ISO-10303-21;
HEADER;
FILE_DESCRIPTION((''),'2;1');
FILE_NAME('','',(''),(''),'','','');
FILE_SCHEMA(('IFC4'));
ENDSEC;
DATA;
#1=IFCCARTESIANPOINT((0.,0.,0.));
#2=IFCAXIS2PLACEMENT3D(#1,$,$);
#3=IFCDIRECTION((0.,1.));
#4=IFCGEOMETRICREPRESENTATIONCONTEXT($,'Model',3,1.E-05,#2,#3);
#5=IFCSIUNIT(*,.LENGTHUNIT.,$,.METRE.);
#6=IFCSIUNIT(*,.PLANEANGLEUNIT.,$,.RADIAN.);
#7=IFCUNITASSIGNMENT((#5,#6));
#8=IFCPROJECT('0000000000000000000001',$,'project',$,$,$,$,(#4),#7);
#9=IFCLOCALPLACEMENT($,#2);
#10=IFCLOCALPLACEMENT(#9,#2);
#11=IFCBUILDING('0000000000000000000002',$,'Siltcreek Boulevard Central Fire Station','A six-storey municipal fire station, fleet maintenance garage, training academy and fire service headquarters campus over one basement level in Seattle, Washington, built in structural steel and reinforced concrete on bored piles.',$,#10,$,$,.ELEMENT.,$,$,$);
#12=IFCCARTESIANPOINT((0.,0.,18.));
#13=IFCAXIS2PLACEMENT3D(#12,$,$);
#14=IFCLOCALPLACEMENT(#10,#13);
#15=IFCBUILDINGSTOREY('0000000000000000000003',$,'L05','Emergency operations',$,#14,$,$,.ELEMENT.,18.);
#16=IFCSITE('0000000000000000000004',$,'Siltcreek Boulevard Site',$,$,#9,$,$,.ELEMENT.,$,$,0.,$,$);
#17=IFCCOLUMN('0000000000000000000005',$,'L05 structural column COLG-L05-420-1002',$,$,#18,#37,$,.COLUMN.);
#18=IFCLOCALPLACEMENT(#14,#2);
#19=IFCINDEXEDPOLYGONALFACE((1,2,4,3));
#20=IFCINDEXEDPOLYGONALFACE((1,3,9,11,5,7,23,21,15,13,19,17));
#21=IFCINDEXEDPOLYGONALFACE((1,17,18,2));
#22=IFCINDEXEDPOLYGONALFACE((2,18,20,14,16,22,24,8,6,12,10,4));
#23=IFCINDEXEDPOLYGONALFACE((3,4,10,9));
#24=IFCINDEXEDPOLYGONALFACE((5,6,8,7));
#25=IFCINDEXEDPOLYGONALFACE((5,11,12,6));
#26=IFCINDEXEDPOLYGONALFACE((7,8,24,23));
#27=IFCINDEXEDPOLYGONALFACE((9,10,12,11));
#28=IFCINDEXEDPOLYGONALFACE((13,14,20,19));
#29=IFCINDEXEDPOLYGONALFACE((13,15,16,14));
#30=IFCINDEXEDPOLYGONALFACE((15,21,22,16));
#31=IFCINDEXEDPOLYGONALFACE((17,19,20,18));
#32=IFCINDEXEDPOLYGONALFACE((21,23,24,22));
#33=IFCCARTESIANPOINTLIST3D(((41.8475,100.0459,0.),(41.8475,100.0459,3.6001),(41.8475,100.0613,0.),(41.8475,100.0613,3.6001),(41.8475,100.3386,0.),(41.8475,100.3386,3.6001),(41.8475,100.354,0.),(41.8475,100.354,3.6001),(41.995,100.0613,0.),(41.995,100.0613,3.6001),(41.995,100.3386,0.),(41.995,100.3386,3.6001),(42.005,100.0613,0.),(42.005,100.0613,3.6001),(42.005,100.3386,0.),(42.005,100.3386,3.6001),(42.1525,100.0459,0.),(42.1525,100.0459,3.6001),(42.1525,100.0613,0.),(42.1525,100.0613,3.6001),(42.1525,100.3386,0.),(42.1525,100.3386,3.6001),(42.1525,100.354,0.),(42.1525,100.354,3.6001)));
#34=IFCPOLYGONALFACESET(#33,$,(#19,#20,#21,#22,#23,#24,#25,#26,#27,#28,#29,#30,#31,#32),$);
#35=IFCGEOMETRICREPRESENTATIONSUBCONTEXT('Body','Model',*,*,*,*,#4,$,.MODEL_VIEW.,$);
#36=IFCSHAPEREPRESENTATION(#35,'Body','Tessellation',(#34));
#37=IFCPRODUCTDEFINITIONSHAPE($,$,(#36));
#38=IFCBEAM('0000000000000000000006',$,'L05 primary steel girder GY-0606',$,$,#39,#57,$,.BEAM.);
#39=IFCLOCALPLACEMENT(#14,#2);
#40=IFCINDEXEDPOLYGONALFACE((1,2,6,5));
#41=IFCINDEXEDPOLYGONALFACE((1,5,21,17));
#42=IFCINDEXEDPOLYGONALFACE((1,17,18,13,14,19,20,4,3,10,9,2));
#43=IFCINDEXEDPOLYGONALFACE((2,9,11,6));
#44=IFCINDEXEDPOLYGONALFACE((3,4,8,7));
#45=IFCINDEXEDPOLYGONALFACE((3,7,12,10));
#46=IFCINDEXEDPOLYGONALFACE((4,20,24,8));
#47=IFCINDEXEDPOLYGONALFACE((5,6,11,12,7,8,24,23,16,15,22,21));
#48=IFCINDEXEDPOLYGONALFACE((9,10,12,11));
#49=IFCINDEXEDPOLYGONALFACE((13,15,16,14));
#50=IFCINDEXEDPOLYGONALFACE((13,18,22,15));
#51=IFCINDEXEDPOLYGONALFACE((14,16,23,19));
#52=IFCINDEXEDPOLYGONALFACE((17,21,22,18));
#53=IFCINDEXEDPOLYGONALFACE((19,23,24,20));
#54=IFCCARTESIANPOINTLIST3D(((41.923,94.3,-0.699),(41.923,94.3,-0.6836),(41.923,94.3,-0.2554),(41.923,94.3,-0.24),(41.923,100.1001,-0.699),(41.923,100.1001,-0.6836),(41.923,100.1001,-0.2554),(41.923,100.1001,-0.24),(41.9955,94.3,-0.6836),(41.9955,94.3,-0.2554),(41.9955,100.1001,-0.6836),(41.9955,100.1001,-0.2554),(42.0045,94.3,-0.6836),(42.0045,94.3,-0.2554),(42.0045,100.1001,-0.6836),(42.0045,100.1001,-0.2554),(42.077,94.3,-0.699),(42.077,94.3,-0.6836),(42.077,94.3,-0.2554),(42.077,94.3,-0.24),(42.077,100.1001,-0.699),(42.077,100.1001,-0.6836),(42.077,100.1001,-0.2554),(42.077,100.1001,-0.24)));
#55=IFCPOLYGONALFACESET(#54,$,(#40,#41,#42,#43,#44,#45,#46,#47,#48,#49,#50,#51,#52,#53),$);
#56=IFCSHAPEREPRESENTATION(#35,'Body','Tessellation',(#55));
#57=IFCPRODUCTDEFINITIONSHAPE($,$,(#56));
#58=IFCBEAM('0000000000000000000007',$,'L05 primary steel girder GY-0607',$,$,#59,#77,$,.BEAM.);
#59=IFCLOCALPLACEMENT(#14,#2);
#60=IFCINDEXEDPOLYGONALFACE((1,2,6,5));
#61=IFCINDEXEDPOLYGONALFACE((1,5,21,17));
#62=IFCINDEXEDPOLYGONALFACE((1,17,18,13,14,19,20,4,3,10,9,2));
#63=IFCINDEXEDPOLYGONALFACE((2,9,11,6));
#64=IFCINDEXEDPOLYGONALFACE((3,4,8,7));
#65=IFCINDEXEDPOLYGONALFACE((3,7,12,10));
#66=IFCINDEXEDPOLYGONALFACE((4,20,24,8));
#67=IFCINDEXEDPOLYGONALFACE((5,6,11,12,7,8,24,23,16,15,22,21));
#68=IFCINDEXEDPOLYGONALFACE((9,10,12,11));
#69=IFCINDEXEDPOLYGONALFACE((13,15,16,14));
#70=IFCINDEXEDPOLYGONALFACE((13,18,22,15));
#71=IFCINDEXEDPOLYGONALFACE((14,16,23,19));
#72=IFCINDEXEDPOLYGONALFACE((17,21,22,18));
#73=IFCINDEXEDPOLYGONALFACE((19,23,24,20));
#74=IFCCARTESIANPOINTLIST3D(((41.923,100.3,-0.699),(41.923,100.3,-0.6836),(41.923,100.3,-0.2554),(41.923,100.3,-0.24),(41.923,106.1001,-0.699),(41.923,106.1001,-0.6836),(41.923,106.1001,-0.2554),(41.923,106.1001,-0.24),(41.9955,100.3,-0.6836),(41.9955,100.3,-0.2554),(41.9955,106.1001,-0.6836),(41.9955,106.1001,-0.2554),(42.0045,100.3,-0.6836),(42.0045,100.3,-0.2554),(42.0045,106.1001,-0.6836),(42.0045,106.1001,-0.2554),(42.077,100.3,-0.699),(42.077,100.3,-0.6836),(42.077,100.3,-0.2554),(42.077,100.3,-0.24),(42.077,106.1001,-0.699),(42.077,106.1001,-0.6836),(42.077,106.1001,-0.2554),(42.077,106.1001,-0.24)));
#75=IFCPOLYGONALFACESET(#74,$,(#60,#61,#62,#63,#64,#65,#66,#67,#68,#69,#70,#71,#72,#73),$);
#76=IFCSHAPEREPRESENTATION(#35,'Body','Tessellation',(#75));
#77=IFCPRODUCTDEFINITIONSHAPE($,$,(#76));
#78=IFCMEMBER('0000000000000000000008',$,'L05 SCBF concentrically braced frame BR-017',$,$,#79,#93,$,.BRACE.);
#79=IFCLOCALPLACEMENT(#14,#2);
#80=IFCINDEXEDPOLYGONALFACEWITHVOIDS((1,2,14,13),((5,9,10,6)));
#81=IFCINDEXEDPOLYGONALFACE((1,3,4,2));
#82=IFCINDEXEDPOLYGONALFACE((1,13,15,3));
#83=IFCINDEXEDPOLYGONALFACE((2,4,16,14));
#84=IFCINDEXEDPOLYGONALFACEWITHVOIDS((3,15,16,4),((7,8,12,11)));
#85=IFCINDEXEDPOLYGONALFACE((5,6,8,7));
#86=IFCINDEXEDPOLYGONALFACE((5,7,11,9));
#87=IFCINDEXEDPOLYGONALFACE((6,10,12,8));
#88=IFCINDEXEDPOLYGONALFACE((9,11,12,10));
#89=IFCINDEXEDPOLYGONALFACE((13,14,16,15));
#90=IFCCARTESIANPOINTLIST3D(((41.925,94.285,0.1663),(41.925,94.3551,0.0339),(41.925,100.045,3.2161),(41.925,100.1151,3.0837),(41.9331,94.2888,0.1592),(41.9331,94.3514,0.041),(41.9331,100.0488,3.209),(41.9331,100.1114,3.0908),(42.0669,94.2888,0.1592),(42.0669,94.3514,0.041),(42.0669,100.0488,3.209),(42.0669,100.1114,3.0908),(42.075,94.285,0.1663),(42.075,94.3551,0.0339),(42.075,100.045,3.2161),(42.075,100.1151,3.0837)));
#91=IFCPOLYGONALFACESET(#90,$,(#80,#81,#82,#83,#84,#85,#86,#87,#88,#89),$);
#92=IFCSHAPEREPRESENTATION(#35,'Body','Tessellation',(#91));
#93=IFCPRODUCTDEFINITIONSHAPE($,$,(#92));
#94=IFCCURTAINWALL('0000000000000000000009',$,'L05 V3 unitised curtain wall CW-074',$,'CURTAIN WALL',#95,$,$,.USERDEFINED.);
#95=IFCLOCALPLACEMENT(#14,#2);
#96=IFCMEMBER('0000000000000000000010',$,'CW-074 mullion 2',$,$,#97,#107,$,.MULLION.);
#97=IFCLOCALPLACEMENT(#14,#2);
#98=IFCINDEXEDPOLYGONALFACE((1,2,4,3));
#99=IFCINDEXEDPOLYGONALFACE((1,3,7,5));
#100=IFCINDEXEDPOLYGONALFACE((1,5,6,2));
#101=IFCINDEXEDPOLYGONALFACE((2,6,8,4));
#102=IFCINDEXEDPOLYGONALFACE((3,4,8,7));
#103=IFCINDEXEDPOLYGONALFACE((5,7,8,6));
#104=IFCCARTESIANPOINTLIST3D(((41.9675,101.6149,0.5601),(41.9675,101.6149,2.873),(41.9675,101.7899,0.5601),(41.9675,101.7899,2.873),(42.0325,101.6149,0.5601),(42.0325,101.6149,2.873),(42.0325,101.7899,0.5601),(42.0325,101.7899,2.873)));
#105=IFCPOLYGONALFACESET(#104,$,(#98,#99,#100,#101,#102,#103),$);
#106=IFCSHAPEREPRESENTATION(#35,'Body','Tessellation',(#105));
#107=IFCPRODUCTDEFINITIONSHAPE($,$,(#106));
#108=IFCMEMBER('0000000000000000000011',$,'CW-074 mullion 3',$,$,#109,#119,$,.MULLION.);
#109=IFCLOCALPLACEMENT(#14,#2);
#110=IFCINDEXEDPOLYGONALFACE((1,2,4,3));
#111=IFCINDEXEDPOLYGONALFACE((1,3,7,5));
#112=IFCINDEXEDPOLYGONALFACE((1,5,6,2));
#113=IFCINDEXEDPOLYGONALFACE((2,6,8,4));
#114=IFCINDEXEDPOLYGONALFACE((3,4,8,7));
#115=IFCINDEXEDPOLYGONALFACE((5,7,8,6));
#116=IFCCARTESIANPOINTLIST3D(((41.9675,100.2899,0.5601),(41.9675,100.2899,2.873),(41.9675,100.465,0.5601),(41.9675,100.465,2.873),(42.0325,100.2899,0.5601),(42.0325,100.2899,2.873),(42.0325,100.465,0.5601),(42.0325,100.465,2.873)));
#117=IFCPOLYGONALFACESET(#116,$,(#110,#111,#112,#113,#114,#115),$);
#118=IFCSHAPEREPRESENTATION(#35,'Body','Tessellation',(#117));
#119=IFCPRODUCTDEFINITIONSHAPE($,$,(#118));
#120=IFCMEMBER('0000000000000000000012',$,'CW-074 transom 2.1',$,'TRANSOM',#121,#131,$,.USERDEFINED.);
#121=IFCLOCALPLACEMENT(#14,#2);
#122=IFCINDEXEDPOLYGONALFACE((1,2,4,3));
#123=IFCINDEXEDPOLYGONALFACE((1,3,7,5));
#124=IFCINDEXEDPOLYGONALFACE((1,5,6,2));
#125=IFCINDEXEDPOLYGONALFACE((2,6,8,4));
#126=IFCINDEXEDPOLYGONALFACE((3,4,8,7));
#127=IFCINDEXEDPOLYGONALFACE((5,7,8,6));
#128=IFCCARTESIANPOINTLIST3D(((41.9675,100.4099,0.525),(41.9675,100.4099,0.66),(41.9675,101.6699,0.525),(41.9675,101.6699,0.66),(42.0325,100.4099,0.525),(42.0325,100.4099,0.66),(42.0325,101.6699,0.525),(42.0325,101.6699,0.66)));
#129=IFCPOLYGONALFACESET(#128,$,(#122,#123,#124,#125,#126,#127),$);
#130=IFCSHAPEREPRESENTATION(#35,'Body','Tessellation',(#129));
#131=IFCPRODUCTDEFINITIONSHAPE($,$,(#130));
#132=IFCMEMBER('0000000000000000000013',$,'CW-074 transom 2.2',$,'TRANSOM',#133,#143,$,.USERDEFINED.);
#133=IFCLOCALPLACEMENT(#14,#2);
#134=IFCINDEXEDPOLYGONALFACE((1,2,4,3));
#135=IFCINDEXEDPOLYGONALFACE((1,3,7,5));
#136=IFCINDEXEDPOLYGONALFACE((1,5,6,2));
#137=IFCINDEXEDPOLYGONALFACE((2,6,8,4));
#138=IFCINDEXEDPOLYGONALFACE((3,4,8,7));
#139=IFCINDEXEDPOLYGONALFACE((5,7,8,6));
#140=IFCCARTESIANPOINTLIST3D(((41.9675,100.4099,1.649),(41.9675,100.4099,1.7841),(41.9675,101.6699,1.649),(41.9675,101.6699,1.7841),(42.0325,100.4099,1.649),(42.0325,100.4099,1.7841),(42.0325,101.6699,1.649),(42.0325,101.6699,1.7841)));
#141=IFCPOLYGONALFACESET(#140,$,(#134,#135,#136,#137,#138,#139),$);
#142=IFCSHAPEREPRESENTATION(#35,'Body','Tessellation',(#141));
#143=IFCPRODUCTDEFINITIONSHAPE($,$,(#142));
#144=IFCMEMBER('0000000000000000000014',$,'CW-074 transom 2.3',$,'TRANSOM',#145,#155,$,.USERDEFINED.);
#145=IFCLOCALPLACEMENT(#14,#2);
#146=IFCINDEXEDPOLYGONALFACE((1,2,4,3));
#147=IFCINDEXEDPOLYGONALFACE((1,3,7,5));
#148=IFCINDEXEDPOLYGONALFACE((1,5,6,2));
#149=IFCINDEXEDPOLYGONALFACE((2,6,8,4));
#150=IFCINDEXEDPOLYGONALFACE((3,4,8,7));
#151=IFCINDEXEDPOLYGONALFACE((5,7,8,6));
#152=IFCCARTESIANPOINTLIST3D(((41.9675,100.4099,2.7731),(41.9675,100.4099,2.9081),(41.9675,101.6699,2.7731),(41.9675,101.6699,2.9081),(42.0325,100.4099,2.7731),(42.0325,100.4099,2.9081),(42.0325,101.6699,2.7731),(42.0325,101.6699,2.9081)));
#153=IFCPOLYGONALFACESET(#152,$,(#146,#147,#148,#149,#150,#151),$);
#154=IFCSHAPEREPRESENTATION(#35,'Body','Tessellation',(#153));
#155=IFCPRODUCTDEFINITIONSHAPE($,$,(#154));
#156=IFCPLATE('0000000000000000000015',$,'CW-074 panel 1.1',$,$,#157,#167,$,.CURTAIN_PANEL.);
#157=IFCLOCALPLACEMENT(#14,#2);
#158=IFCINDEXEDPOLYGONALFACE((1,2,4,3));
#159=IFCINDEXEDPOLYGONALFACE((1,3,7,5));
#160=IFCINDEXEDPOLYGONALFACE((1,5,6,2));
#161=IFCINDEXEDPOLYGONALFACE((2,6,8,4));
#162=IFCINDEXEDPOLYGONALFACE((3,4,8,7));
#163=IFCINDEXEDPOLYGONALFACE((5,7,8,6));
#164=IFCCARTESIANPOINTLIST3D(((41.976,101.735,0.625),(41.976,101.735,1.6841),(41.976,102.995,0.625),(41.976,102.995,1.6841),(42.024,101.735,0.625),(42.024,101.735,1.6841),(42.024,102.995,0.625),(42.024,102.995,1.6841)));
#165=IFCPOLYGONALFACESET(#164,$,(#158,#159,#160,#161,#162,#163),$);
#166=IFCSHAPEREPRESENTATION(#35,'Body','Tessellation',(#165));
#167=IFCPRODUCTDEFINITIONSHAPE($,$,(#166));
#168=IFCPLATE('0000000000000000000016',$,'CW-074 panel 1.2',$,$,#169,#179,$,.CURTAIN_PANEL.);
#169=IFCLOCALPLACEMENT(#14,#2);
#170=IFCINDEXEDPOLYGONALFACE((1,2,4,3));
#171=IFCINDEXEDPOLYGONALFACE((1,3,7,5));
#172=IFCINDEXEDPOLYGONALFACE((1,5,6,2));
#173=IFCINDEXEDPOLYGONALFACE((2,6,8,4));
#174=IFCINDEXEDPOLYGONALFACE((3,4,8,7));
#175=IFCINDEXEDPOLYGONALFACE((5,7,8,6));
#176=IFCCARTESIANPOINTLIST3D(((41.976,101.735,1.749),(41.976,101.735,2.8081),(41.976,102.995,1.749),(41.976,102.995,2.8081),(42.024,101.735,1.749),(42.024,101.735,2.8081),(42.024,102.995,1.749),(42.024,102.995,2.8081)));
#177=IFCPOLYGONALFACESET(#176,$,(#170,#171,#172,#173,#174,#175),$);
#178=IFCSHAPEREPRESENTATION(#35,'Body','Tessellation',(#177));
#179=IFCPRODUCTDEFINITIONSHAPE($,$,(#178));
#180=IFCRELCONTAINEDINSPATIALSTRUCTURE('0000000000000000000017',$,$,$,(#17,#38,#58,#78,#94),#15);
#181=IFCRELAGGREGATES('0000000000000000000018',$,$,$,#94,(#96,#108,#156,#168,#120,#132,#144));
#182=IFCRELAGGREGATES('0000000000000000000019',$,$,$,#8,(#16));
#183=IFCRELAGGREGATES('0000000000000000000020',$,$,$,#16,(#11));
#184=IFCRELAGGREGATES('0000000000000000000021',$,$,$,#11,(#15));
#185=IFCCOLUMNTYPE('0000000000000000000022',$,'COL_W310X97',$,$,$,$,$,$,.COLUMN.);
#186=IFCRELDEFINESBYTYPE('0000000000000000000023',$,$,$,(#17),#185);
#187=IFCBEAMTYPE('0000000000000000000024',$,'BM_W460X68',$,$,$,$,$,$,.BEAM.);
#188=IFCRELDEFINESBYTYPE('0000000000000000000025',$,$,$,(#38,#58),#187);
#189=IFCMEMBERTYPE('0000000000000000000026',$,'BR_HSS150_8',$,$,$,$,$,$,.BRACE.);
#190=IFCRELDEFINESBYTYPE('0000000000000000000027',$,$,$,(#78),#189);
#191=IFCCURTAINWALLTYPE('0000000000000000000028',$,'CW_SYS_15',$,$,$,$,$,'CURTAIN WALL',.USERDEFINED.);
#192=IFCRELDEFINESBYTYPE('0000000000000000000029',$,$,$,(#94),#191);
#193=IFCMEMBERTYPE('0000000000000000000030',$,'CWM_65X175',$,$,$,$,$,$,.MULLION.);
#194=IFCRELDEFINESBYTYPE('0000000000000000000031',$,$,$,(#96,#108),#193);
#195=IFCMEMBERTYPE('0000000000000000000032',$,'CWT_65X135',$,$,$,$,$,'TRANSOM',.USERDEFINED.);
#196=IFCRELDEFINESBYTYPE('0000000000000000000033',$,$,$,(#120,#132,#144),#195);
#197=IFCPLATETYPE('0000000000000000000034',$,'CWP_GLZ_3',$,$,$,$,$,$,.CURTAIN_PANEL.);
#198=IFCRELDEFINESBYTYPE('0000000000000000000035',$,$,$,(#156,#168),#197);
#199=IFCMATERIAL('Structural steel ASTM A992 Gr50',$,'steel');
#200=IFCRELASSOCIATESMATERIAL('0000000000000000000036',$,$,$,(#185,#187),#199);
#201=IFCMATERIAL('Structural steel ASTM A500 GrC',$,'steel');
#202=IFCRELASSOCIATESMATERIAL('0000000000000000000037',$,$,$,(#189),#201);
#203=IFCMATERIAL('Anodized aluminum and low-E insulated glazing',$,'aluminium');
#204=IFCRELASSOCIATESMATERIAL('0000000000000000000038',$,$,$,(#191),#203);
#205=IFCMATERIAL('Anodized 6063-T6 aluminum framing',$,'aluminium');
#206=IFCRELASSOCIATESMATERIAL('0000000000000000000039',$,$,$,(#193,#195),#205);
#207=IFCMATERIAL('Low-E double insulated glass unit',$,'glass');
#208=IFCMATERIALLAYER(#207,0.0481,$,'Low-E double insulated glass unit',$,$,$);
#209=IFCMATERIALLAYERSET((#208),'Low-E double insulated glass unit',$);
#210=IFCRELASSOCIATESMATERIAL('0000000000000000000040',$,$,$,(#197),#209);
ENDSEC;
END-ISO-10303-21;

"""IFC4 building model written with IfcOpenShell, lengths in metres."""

from ifc_helpers import new_model, si_unit, direction, frame, origin, origin_2d, place, context, subcontext, project, spatial, rectangle, hollow_rectangle, i_section, extrude, material, layer, layer_set, material_profile, profile_set, type_object, element, aggregate, save


model = new_model("IFC4")

# Units and contexts
model_context = context("Model", 3, precision=1e-05, world=origin(), true_north=direction((0.0, 1.0)))
body_context = subcontext(model_context, "Body", "Model", "MODEL_VIEW")
ifc_project = project(units=[si_unit("LENGTHUNIT", "METRE"), si_unit("PLANEANGLEUNIT", "RADIAN")], contexts=[model_context])

# Site, building, storey
site_placement = place(None, origin())
site = spatial("IfcSite", under=ifc_project, at=site_placement, Name="Siltcreek Boulevard Site", CompositionType="ELEMENT", RefElevation=0.0)
building_placement = place(site_placement, origin())
building = spatial("IfcBuilding", under=site, at=building_placement, Name="Siltcreek Boulevard Central Fire Station", Description="A six-storey municipal fire station, fleet maintenance garage, training academy and fire service headquarters campus over one basement level in Seattle, Washington, built in structural steel and reinforced concrete on bored piles.", CompositionType="ELEMENT")
storey_placement = place(building_placement, frame((0.0, 0.0, 18.0)))
storey = spatial("IfcBuildingStorey", under=building, at=storey_placement, Name="L05", Description="Emergency operations", CompositionType="ELEMENT", Elevation=18.0)

# Column
ifc_material_1 = material(Name="Structural steel ASTM A992 Gr50", Category="steel")
ifc_material_profile_1 = material_profile(ifc_material_1, i_section(OverallWidth=0.3049, OverallDepth=0.3081, WebThickness=0.01, FlangeThickness=0.0154, at=origin_2d()), Name="W310X97")
ifc_profile_set_1 = profile_set([ifc_material_profile_1], Name="Structural steel ASTM A992 Gr50")
column_type = type_object("IfcColumnType", Name="COL_W310X97", PredefinedType="COLUMN", material=ifc_profile_set_1)
column_placement = place(storey_placement, frame((42.0, 100.2, 0.0), z_axis=(0.0, 0.0, 1.0), x_axis=(1.0, 0.0, 0.0)))
element("IfcColumn", 1, at=column_placement, inside=storey, type_object=column_type, Name="L05 structural column COLG-L05-420-1002", PredefinedType="COLUMN", context=body_context, shape_type="SweptSolid", body=[
    extrude(i_section(OverallWidth=0.3049, OverallDepth=0.3081, WebThickness=0.01, FlangeThickness=0.0154, at=origin_2d()), origin(), (0.0, 0.0, 1.0), 3.6001),
])

# Beams
ifc_material_profile_2 = material_profile(ifc_material_1, i_section(OverallWidth=0.1541, OverallDepth=0.459, WebThickness=0.009, FlangeThickness=0.0154, at=origin_2d()), Name="W460X68")
ifc_profile_set_2 = profile_set([ifc_material_profile_2], Name="Structural steel ASTM A992 Gr50")
beam_type = type_object("IfcBeamType", Name="BM_W460X68", PredefinedType="BEAM", material=ifc_profile_set_2)
for number, where, z_axis, x_axis, name in (
    (2, (42.0, 94.3, -0.4695), (0.0, 1.0, 0.0), (-1.0, 0.0, 0.0), "L05 primary steel girder GY-0606"),
    (3, (42.0, 100.3, -0.4695), (0.0, 1.0, 0.0), (-1.0, 0.0, 0.0), "L05 primary steel girder GY-0607"),
):
    element("IfcBeam", number, at=place(storey_placement, frame(where, z_axis=z_axis, x_axis=x_axis)), inside=storey, type_object=beam_type, Name=name, PredefinedType="BEAM", context=body_context, shape_type="SweptSolid", body=[
        extrude(i_section(OverallWidth=0.1541, OverallDepth=0.459, WebThickness=0.009, FlangeThickness=0.0154, at=origin_2d()), origin(), (0.0, 0.0, 1.0), 5.8),
    ])

# Member
ifc_material_2 = material(Name="Structural steel ASTM A500 GrC", Category="steel")
ifc_material_profile_3 = material_profile(ifc_material_2, hollow_rectangle(XDim=0.1499, YDim=0.1499, WallThickness=0.0081, at=origin_2d()), Name="HSS150X150X8.0")
ifc_profile_set_3 = profile_set([ifc_material_profile_3], Name="Structural steel ASTM A500 GrC")
member_type_1 = type_object("IfcMemberType", Name="BR_HSS150_8", PredefinedType="BRACE", material=ifc_profile_set_3)
member_1_placement = place(storey_placement, frame((42.0, 94.3201, 0.1001), z_axis=(0.0, 0.883763, 0.467934), x_axis=(-1.0, 0.0, 0.0)))
element("IfcMember", 4, at=member_1_placement, inside=storey, type_object=member_type_1, Name="L05 SCBF concentrically braced frame BR-017", PredefinedType="BRACE", context=body_context, shape_type="SweptSolid", body=[
    extrude(hollow_rectangle(XDim=0.1499, YDim=0.1499, WallThickness=0.0081, at=origin_2d()), origin(), (0.0, 0.0, 1.0), 6.5176),
])

# Curtain wall, members, plates
ifc_material_3 = material(Name="Anodized aluminum and low-E insulated glazing", Category="aluminium")
curtain_wall_type = type_object("IfcCurtainWallType", Name="CW_SYS_15", ElementType="CURTAIN WALL", PredefinedType="USERDEFINED", material=ifc_material_3)
curtain_wall_placement = place(storey_placement, origin())
curtain_wall = element("IfcCurtainWall", 5, at=curtain_wall_placement, inside=storey, type_object=curtain_wall_type, Name="L05 V3 unitised curtain wall CW-074", ObjectType="CURTAIN WALL", PredefinedType="USERDEFINED")
ifc_material_4 = material(Name="Anodized 6063-T6 aluminum framing", Category="aluminium")
ifc_material_profile_4 = material_profile(ifc_material_4, rectangle(XDim=0.0649, YDim=0.175, at=origin_2d()), Name="MULL65X175")
ifc_profile_set_4 = profile_set([ifc_material_profile_4], Name="Anodized 6063-T6 aluminum framing")
member_type_2 = type_object("IfcMemberType", Name="CWM_65X175", PredefinedType="MULLION", material=ifc_profile_set_4)
member_2_placement = place(storey_placement, frame((42.0, 101.7024, 0.5601), z_axis=(0.0, 0.0, 1.0), x_axis=(1.0, 0.0, 0.0)))
member_2 = element("IfcMember", 6, at=member_2_placement, type_object=member_type_2, Name="CW-074 mullion 2", PredefinedType="MULLION", context=body_context, shape_type="SweptSolid", body=[
    extrude(rectangle(XDim=0.0649, YDim=0.175, at=origin_2d()), origin(), (0.0, 0.0, 1.0), 2.313),
])
member_3_placement = place(storey_placement, frame((42.0, 100.3774, 0.5601), z_axis=(0.0, 0.0, 1.0), x_axis=(1.0, 0.0, 0.0)))
member_3 = element("IfcMember", 7, at=member_3_placement, type_object=member_type_2, Name="CW-074 mullion 3", PredefinedType="MULLION", context=body_context, shape_type="SweptSolid", body=[
    extrude(rectangle(XDim=0.0649, YDim=0.175, at=origin_2d()), origin(), (0.0, 0.0, 1.0), 2.313),
])
ifc_material_profile_5 = material_profile(ifc_material_4, rectangle(XDim=0.0649, YDim=0.135, at=origin_2d()), Name="TRAN65X135")
ifc_profile_set_5 = profile_set([ifc_material_profile_5], Name="Anodized 6063-T6 aluminum framing")
member_type_3 = type_object("IfcMemberType", Name="CWT_65X135", ElementType="TRANSOM", PredefinedType="USERDEFINED", material=ifc_profile_set_5)
member_4_placement = place(storey_placement, frame((42.0, 101.6699, 0.5925), z_axis=(0.0, -1.0, 0.0), x_axis=(1.0, 0.0, 0.0)))
member_4 = element("IfcMember", 8, at=member_4_placement, type_object=member_type_3, Name="CW-074 transom 2.1", ObjectType="TRANSOM", PredefinedType="USERDEFINED", context=body_context, shape_type="SweptSolid", body=[
    extrude(rectangle(XDim=0.0649, YDim=0.135, at=origin_2d()), origin(), (0.0, 0.0, 1.0), 1.26),
])
member_5_placement = place(storey_placement, frame((42.0, 101.6699, 1.7166), z_axis=(0.0, -1.0, 0.0), x_axis=(1.0, 0.0, 0.0)))
member_5 = element("IfcMember", 9, at=member_5_placement, type_object=member_type_3, Name="CW-074 transom 2.2", ObjectType="TRANSOM", PredefinedType="USERDEFINED", context=body_context, shape_type="SweptSolid", body=[
    extrude(rectangle(XDim=0.0649, YDim=0.135, at=origin_2d()), origin(), (0.0, 0.0, 1.0), 1.26),
])
member_6_placement = place(storey_placement, frame((42.0, 101.6699, 2.8406), z_axis=(0.0, -1.0, 0.0), x_axis=(1.0, 0.0, 0.0)))
member_6 = element("IfcMember", 10, at=member_6_placement, type_object=member_type_3, Name="CW-074 transom 2.3", ObjectType="TRANSOM", PredefinedType="USERDEFINED", context=body_context, shape_type="SweptSolid", body=[
    extrude(rectangle(XDim=0.0649, YDim=0.135, at=origin_2d()), origin(), (0.0, 0.0, 1.0), 1.26),
])
ifc_material_5 = material(Name="Low-E double insulated glass unit", Category="glass")
ifc_layer_1 = layer(ifc_material_5, 0.0481, Name="Low-E double insulated glass unit")
ifc_layer_set_1 = layer_set([ifc_layer_1], Name="Low-E double insulated glass unit")
plate_type_1 = type_object("IfcPlateType", Name="CWP_GLZ_3", PredefinedType="CURTAIN_PANEL", material=ifc_layer_set_1)
plate_1_placement = place(storey_placement, frame((42.0, 102.365, 0.625), z_axis=(0.0, 0.0, 1.0), x_axis=(0.0, -1.0, 0.0)))
plate_1 = element("IfcPlate", 11, at=plate_1_placement, type_object=plate_type_1, Name="CW-074 panel 1.1", PredefinedType="CURTAIN_PANEL", context=body_context, shape_type="SweptSolid", body=[
    extrude(rectangle(XDim=1.26, YDim=0.0481, at=origin_2d()), origin(), (0.0, 0.0, 1.0), 1.0591),
])
plate_2_placement = place(storey_placement, frame((42.0, 102.365, 1.749), z_axis=(0.0, 0.0, 1.0), x_axis=(0.0, -1.0, 0.0)))
plate_2 = element("IfcPlate", 12, at=plate_2_placement, type_object=plate_type_1, Name="CW-074 panel 1.2", PredefinedType="CURTAIN_PANEL", context=body_context, shape_type="SweptSolid", body=[
    extrude(rectangle(XDim=1.26, YDim=0.0481, at=origin_2d()), origin(), (0.0, 0.0, 1.0), 1.0591),
])
aggregate(curtain_wall, [member_2, member_3, plate_1, plate_2, member_4, member_5, member_6])

save(model, "model.ifc")
